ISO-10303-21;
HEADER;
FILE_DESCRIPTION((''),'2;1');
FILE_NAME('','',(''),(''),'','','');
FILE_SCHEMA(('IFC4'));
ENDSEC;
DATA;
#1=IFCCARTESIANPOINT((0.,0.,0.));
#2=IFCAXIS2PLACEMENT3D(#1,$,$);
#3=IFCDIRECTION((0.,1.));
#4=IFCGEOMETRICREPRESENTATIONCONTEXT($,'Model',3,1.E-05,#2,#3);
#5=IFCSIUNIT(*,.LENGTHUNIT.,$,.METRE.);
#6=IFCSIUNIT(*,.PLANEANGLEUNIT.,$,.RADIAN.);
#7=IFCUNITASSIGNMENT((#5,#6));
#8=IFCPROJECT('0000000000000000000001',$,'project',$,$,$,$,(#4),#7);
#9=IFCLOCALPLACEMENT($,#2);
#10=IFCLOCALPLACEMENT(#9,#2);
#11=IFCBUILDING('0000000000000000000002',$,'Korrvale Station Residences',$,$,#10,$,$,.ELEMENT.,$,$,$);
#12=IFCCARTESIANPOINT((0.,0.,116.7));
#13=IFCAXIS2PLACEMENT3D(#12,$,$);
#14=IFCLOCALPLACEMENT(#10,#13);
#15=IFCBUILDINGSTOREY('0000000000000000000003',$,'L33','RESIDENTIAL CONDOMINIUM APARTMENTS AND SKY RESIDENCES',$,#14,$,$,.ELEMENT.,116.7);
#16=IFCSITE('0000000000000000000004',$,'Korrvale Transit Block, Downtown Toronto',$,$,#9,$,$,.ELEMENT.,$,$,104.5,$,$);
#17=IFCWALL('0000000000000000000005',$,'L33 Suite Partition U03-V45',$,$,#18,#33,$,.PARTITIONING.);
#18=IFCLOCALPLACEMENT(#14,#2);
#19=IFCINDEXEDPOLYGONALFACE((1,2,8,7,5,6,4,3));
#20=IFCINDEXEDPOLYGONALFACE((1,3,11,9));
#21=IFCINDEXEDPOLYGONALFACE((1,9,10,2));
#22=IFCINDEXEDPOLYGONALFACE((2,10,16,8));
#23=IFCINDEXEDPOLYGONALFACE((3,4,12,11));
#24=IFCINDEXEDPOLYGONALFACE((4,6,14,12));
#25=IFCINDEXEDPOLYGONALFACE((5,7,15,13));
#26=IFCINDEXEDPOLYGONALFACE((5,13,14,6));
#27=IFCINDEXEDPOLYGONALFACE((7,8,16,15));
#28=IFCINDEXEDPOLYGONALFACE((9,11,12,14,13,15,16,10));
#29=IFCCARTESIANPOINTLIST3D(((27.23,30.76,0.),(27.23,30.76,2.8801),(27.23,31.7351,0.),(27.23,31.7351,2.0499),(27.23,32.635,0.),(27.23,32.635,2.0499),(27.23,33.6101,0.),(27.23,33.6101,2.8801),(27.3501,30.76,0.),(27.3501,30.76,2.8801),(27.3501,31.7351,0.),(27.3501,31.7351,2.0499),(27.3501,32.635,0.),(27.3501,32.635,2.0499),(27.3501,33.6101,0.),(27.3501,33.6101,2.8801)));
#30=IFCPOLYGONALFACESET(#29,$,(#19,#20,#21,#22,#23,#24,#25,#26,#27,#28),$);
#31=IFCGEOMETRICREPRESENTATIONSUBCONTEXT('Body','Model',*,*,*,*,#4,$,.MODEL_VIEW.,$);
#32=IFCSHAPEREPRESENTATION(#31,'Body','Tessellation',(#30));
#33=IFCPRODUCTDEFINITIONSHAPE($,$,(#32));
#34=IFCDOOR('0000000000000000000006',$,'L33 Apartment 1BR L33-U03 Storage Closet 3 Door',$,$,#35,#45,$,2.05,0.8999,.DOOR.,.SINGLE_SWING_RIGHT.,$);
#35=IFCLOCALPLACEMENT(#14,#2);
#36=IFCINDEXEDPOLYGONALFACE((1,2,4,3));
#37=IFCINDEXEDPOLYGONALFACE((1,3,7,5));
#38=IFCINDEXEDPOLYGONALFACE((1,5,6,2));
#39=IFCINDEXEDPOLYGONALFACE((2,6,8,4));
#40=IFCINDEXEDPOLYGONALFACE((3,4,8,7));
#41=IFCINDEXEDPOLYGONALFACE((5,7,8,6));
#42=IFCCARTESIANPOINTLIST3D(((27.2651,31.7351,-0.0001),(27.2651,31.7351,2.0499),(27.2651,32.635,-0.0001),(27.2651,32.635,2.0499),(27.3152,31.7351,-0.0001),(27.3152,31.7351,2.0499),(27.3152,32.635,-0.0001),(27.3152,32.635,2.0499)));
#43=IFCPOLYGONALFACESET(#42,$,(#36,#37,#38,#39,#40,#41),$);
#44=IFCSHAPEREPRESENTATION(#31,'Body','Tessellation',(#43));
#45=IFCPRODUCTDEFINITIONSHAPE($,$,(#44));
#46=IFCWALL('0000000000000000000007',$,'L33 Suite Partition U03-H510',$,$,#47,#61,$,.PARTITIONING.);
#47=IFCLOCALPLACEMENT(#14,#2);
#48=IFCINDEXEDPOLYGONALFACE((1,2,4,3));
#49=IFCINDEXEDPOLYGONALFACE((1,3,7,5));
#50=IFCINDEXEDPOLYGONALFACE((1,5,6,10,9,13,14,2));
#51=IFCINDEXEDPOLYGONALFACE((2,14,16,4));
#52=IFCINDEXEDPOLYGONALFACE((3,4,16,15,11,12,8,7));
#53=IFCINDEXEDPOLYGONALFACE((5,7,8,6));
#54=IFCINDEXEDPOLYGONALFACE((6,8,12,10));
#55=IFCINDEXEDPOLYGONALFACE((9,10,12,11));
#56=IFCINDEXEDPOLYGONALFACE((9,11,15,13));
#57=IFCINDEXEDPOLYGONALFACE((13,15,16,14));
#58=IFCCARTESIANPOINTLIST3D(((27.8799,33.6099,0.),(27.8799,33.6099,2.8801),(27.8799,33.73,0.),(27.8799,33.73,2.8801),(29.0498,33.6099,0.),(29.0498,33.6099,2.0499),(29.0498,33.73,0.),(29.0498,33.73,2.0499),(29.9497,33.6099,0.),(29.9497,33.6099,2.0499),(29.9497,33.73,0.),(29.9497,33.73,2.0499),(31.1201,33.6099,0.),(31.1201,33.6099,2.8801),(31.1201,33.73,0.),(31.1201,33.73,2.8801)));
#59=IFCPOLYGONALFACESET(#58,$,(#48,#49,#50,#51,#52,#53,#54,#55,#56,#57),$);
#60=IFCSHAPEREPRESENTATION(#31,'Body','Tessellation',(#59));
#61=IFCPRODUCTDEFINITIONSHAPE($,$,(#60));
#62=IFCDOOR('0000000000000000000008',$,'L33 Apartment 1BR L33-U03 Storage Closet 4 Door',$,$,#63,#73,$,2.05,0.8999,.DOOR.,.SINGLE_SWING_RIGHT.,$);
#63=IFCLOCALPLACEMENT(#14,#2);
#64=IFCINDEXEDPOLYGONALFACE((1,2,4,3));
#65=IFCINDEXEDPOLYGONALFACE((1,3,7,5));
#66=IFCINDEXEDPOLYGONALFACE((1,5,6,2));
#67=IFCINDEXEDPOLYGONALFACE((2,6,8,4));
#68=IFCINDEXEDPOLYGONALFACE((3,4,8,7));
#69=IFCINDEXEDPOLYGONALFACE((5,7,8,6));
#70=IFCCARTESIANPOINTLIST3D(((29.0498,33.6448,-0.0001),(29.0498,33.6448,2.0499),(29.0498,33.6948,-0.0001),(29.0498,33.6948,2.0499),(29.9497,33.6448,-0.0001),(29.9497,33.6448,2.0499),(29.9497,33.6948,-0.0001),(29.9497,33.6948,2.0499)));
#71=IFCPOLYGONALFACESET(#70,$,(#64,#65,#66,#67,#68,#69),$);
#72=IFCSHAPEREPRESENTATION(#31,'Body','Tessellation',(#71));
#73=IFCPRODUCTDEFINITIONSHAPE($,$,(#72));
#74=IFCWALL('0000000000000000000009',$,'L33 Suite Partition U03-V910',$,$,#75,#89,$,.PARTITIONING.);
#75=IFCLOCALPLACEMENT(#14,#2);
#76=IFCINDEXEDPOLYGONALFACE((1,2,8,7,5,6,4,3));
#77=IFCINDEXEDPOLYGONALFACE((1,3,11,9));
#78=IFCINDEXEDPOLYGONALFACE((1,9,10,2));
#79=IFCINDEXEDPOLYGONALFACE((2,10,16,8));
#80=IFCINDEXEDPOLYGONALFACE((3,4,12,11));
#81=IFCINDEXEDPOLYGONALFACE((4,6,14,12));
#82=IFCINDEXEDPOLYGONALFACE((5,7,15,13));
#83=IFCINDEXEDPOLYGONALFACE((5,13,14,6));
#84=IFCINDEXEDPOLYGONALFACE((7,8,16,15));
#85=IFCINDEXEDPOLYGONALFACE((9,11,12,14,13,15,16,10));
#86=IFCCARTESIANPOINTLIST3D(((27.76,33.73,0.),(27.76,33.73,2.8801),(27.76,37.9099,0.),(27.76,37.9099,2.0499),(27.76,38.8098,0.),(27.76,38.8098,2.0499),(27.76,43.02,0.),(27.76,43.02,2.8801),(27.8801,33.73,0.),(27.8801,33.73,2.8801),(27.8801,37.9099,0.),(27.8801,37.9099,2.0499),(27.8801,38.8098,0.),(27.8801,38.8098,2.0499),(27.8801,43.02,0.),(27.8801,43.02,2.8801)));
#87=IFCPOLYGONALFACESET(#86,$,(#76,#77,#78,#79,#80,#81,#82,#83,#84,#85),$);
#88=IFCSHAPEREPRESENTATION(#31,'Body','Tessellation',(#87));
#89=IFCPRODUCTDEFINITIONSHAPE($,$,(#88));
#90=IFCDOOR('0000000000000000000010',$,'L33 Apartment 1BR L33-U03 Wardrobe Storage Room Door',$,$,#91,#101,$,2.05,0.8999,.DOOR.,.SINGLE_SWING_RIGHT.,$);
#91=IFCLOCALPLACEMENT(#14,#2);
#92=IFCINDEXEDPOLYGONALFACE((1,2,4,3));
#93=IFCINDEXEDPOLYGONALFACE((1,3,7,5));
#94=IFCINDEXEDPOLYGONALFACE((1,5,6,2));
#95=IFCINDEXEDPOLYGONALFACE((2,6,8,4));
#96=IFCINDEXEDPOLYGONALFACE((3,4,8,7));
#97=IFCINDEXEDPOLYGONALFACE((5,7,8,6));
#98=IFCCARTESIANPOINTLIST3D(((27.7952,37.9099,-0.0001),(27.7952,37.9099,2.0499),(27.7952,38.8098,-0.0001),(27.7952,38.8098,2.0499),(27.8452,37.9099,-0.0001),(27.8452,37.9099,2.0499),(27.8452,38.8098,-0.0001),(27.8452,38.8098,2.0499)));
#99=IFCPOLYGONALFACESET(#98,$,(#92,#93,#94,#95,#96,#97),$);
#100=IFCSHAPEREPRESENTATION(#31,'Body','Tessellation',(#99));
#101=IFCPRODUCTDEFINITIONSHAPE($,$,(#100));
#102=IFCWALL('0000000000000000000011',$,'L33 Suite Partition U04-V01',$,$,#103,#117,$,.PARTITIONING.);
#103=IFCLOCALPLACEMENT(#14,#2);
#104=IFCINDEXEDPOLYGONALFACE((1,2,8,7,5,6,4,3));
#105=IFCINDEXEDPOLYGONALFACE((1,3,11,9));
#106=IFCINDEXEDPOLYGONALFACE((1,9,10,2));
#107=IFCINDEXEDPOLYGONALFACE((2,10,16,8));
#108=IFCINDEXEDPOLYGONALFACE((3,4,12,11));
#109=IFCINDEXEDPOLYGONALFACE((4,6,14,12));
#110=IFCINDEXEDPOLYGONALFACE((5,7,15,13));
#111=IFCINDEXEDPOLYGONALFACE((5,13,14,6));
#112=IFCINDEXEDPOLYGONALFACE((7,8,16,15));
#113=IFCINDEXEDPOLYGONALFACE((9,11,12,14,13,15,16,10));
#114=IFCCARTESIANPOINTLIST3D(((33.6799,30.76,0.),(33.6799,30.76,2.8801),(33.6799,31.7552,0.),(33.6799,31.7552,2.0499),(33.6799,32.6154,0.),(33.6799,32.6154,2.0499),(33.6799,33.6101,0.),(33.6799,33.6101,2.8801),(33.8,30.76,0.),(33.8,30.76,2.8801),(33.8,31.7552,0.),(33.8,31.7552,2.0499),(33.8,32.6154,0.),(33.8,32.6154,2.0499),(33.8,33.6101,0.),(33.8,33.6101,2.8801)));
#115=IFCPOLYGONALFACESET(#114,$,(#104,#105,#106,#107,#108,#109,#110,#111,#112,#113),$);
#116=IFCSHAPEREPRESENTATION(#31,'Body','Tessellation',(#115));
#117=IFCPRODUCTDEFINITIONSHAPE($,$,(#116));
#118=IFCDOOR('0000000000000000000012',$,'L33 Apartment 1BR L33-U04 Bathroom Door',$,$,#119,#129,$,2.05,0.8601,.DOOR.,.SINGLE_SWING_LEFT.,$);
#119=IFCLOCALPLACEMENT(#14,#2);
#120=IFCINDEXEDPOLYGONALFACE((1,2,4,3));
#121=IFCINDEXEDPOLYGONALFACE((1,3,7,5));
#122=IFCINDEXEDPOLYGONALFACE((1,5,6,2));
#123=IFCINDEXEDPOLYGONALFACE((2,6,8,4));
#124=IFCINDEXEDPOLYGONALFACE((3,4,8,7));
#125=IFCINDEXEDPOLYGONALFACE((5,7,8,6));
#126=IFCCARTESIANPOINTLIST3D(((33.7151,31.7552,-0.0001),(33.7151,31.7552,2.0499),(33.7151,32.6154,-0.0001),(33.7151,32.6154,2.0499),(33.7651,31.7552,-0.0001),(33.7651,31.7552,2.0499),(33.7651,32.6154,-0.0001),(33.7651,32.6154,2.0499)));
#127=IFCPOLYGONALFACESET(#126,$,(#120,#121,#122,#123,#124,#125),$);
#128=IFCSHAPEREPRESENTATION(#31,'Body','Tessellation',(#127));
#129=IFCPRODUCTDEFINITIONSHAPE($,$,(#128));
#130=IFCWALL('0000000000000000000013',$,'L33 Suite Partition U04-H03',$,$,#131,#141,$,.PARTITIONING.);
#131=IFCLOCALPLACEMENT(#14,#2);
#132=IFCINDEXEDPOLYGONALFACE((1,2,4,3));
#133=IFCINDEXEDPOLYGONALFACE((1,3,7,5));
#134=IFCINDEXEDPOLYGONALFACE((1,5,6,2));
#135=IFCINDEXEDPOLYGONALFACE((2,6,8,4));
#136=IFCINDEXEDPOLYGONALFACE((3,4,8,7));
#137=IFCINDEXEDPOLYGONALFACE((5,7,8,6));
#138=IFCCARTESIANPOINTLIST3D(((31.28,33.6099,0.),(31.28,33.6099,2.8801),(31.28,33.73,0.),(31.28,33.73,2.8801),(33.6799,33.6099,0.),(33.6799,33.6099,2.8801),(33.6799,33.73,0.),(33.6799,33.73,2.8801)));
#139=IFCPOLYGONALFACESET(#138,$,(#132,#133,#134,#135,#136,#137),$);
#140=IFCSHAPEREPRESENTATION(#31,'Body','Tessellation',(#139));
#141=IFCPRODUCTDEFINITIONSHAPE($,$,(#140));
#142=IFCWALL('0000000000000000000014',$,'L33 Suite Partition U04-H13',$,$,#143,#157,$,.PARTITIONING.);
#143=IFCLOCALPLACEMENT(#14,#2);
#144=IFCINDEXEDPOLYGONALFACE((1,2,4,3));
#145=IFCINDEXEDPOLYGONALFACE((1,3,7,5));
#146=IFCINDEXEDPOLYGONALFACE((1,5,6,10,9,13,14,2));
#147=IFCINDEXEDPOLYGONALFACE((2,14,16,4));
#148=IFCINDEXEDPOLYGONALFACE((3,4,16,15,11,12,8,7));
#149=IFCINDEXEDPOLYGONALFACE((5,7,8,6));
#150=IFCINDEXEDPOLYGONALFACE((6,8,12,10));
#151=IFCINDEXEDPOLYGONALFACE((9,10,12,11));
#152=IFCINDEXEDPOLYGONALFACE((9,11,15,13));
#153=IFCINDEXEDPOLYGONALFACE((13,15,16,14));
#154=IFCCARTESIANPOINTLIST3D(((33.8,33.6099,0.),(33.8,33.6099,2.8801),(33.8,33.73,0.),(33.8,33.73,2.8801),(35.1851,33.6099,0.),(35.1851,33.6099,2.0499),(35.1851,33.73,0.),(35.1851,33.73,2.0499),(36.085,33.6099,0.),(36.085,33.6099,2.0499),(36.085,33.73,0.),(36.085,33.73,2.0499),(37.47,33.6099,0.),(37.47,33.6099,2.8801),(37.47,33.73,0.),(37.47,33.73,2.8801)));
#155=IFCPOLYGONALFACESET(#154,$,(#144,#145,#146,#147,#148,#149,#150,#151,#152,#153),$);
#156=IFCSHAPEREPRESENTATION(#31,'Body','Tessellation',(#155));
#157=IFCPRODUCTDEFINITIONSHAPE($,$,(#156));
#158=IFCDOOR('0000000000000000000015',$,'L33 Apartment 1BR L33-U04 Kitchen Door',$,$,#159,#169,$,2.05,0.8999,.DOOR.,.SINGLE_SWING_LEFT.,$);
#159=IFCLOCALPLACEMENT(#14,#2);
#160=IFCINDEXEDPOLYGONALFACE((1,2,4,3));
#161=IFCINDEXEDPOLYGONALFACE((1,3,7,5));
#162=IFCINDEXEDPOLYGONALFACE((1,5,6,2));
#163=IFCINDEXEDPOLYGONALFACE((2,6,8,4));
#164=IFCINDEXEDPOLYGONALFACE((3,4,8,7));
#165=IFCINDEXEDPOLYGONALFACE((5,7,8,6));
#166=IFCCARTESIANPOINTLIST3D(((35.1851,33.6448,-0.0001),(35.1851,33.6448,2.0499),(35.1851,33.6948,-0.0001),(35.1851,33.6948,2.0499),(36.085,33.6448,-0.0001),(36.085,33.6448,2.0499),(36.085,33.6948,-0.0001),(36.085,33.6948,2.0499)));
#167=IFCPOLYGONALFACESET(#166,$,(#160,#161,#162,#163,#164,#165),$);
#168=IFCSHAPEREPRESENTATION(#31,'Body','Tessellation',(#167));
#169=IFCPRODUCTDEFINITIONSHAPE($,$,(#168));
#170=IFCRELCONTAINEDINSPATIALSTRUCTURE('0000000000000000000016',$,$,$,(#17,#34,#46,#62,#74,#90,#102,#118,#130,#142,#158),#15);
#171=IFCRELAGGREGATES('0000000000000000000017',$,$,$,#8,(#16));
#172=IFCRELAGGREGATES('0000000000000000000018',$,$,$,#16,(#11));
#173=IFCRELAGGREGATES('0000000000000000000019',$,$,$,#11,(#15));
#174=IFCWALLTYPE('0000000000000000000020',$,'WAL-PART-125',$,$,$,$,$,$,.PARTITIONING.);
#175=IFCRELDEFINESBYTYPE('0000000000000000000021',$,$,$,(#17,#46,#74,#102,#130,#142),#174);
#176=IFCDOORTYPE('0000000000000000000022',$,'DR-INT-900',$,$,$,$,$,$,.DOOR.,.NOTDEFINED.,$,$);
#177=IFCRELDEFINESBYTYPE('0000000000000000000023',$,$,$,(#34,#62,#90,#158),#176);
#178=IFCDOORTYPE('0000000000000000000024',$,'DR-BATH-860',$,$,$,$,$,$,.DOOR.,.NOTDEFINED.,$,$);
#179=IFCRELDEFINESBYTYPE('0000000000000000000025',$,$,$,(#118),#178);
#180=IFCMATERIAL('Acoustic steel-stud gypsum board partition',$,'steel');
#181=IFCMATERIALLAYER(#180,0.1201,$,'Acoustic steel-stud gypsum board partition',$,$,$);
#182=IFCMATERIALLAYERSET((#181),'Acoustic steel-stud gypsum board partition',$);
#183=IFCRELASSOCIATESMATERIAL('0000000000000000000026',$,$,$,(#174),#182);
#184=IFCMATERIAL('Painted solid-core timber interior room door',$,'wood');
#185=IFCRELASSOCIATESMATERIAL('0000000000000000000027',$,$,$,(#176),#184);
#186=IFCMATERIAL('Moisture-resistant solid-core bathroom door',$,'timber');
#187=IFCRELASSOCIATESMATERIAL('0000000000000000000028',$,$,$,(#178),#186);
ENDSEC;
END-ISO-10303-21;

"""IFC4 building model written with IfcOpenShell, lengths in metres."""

from ifc_helpers import new_model, si_unit, direction, frame, frame_2d, origin, place, context, subcontext, project, spatial, rectangle, extrude, material, layer, layer_set, type_object, element, fill, save


model = new_model("IFC4")

# Units and contexts
model_context = context("Model", 3, precision=1e-05, world=origin(), true_north=direction((0.0, 1.0)))
body_context = subcontext(model_context, "Body", "Model", "MODEL_VIEW")
ifc_project = project(units=[si_unit("LENGTHUNIT", "METRE"), si_unit("PLANEANGLEUNIT", "RADIAN")], contexts=[model_context])

# Site, building, storey
site_placement = place(None, origin())
site = spatial("IfcSite", under=ifc_project, at=site_placement, Name="Korrvale Transit Block, Downtown Toronto", CompositionType="ELEMENT", RefElevation=104.5)
building_placement = place(site_placement, origin())
building = spatial("IfcBuilding", under=site, at=building_placement, Name="Korrvale Station Residences", CompositionType="ELEMENT")
storey_placement = place(building_placement, frame((0.0, 0.0, 116.7)))
storey = spatial("IfcBuildingStorey", under=building, at=storey_placement, Name="L33", Description="RESIDENTIAL CONDOMINIUM APARTMENTS AND SKY RESIDENCES", CompositionType="ELEMENT", Elevation=116.7)

# Walls, openings, doors
ifc_material_1 = material(Name="Acoustic steel-stud gypsum board partition", Category="steel")
ifc_layer_1 = layer(ifc_material_1, 0.1201, Name="Acoustic steel-stud gypsum board partition")
ifc_layer_set_1 = layer_set([ifc_layer_1], Name="Acoustic steel-stud gypsum board partition")
wall_type_1 = type_object("IfcWallType", Name="WAL-PART-125", PredefinedType="PARTITIONING", material=ifc_layer_set_1)
wall_1_placement = place(storey_placement, frame((27.29, 30.76, 0.0), z_axis=(0.0, 0.0, 1.0), x_axis=(0.0, 1.0, 0.0)))
wall_1 = element("IfcWall", 1, at=wall_1_placement, inside=storey, type_object=wall_type_1, Name="L33 Suite Partition U03-V45", PredefinedType="PARTITIONING", context=body_context, shape_type="SweptSolid", body=[
    extrude(rectangle(XDim=2.8501, YDim=0.1201, at=frame_2d((1.425, 0.0))), origin(), (0.0, 0.0, 1.0), 2.8801),
])
opening_1_placement = place(wall_1_placement, frame((0.9751, 0.0, 0.0)))
opening_1 = element("IfcOpeningElement", 2, at=opening_1_placement, cuts=wall_1, PredefinedType="OPENING", context=body_context, shape_type="SweptSolid", body=[
    extrude(rectangle(XDim=0.8999, YDim=2.05, at=frame_2d((0.45, 1.0249))), frame((0.0, 0.0701, 0.0), z_axis=(0.0, -1.0, 0.0), x_axis=(1.0, 0.0, 0.0)), (0.0, 0.0, 1.0), 0.1401),
])
ifc_material_2 = material(Name="Painted solid-core timber interior room door", Category="wood")
door_type_1 = type_object("IfcDoorType", Name="DR-INT-900", OperationType="NOTDEFINED", PredefinedType="DOOR", material=ifc_material_2)
door_1_placement = place(opening_1_placement, origin())
door_1 = element("IfcDoor", 3, at=door_1_placement, inside=storey, type_object=door_type_1, Name="L33 Apartment 1BR L33-U03 Storage Closet 3 Door", OperationType="SINGLE_SWING_RIGHT", OverallHeight=2.05, OverallWidth=0.8999, PredefinedType="DOOR", context=body_context, shape_type="SweptSolid", body=[
    extrude(rectangle(XDim=0.8999, YDim=2.05, at=frame_2d((0.45, 1.0249))), frame((0.0, 0.0249, 0.0), z_axis=(0.0, -1.0, 0.0), x_axis=(1.0, 0.0, 0.0)), (0.0, 0.0, 1.0), 0.05),
])
fill(opening_1, door_1)
wall_2_placement = place(storey_placement, frame((27.8799, 33.6699, 0.0), z_axis=(0.0, 0.0, 1.0), x_axis=(1.0, 0.0, 0.0)))
wall_2 = element("IfcWall", 4, at=wall_2_placement, inside=storey, type_object=wall_type_1, Name="L33 Suite Partition U03-H510", PredefinedType="PARTITIONING", context=body_context, shape_type="SweptSolid", body=[
    extrude(rectangle(XDim=3.2402, YDim=0.1201, at=frame_2d((1.6201, 0.0))), origin(), (0.0, 0.0, 1.0), 2.8801),
])
opening_2_placement = place(wall_2_placement, frame((1.1699, 0.0, 0.0)))
opening_2 = element("IfcOpeningElement", 5, at=opening_2_placement, cuts=wall_2, PredefinedType="OPENING", context=body_context, shape_type="SweptSolid", body=[
    extrude(rectangle(XDim=0.8999, YDim=2.05, at=frame_2d((0.45, 1.0249))), frame((0.0, 0.0701, 0.0), z_axis=(0.0, -1.0, 0.0), x_axis=(1.0, 0.0, 0.0)), (0.0, 0.0, 1.0), 0.1401),
])
door_2_placement = place(opening_2_placement, origin())
door_2 = element("IfcDoor", 6, at=door_2_placement, inside=storey, type_object=door_type_1, Name="L33 Apartment 1BR L33-U03 Storage Closet 4 Door", OperationType="SINGLE_SWING_RIGHT", OverallHeight=2.05, OverallWidth=0.8999, PredefinedType="DOOR", context=body_context, shape_type="SweptSolid", body=[
    extrude(rectangle(XDim=0.8999, YDim=2.05, at=frame_2d((0.45, 1.0249))), frame((0.0, 0.0249, 0.0), z_axis=(0.0, -1.0, 0.0), x_axis=(1.0, 0.0, 0.0)), (0.0, 0.0, 1.0), 0.05),
])
fill(opening_2, door_2)
wall_3_placement = place(storey_placement, frame((27.8201, 33.73, 0.0), z_axis=(0.0, 0.0, 1.0), x_axis=(0.0, 1.0, 0.0)))
wall_3 = element("IfcWall", 7, at=wall_3_placement, inside=storey, type_object=wall_type_1, Name="L33 Suite Partition U03-V910", PredefinedType="PARTITIONING", context=body_context, shape_type="SweptSolid", body=[
    extrude(rectangle(XDim=9.29, YDim=0.1201, at=frame_2d((4.645, 0.0))), origin(), (0.0, 0.0, 1.0), 2.8801),
])
opening_3_placement = place(wall_3_placement, frame((4.1799, 0.0, 0.0)))
opening_3 = element("IfcOpeningElement", 8, at=opening_3_placement, cuts=wall_3, PredefinedType="OPENING", context=body_context, shape_type="SweptSolid", body=[
    extrude(rectangle(XDim=0.8999, YDim=2.05, at=frame_2d((0.45, 1.0249))), frame((0.0, 0.0701, 0.0), z_axis=(0.0, -1.0, 0.0), x_axis=(1.0, 0.0, 0.0)), (0.0, 0.0, 1.0), 0.1401),
])
door_3_placement = place(opening_3_placement, origin())
door_3 = element("IfcDoor", 9, at=door_3_placement, inside=storey, type_object=door_type_1, Name="L33 Apartment 1BR L33-U03 Wardrobe Storage Room Door", OperationType="SINGLE_SWING_RIGHT", OverallHeight=2.05, OverallWidth=0.8999, PredefinedType="DOOR", context=body_context, shape_type="SweptSolid", body=[
    extrude(rectangle(XDim=0.8999, YDim=2.05, at=frame_2d((0.45, 1.0249))), frame((0.0, 0.0249, 0.0), z_axis=(0.0, -1.0, 0.0), x_axis=(1.0, 0.0, 0.0)), (0.0, 0.0, 1.0), 0.05),
])
fill(opening_3, door_3)
wall_4_placement = place(storey_placement, frame((33.74, 30.76, 0.0), z_axis=(0.0, 0.0, 1.0), x_axis=(0.0, 1.0, 0.0)))
wall_4 = element("IfcWall", 10, at=wall_4_placement, inside=storey, type_object=wall_type_1, Name="L33 Suite Partition U04-V01", PredefinedType="PARTITIONING", context=body_context, shape_type="SweptSolid", body=[
    extrude(rectangle(XDim=2.8501, YDim=0.1201, at=frame_2d((1.425, 0.0))), origin(), (0.0, 0.0, 1.0), 2.8801),
])
opening_4_placement = place(wall_4_placement, frame((0.9951, 0.0, 0.0)))
opening_4 = element("IfcOpeningElement", 11, at=opening_4_placement, cuts=wall_4, PredefinedType="OPENING", context=body_context, shape_type="SweptSolid", body=[
    extrude(rectangle(XDim=0.8601, YDim=2.05, at=frame_2d((0.4302, 1.0249))), frame((0.0, 0.0701, 0.0), z_axis=(0.0, -1.0, 0.0), x_axis=(1.0, 0.0, 0.0)), (0.0, 0.0, 1.0), 0.1401),
])
ifc_material_3 = material(Name="Moisture-resistant solid-core bathroom door", Category="timber")
door_type_2 = type_object("IfcDoorType", Name="DR-BATH-860", OperationType="NOTDEFINED", PredefinedType="DOOR", material=ifc_material_3)
door_4_placement = place(opening_4_placement, origin())
door_4 = element("IfcDoor", 12, at=door_4_placement, inside=storey, type_object=door_type_2, Name="L33 Apartment 1BR L33-U04 Bathroom Door", OperationType="SINGLE_SWING_LEFT", OverallHeight=2.05, OverallWidth=0.8601, PredefinedType="DOOR", context=body_context, shape_type="SweptSolid", body=[
    extrude(rectangle(XDim=0.8601, YDim=2.05, at=frame_2d((0.4302, 1.0249))), frame((0.0, 0.0249, 0.0), z_axis=(0.0, -1.0, 0.0), x_axis=(1.0, 0.0, 0.0)), (0.0, 0.0, 1.0), 0.05),
])
fill(opening_4, door_4)

# Wall
wall_5_placement = place(storey_placement, frame((31.28, 33.6699, 0.0), z_axis=(0.0, 0.0, 1.0), x_axis=(1.0, 0.0, 0.0)))
element("IfcWall", 13, at=wall_5_placement, inside=storey, type_object=wall_type_1, Name="L33 Suite Partition U04-H03", PredefinedType="PARTITIONING", context=body_context, shape_type="SweptSolid", body=[
    extrude(rectangle(XDim=2.3999, YDim=0.1201, at=frame_2d((1.2, 0.0))), origin(), (0.0, 0.0, 1.0), 2.8801),
])

# Wall, opening, door
wall_6_placement = place(storey_placement, frame((33.8, 33.6699, 0.0), z_axis=(0.0, 0.0, 1.0), x_axis=(1.0, 0.0, 0.0)))
wall_6 = element("IfcWall", 14, at=wall_6_placement, inside=storey, type_object=wall_type_1, Name="L33 Suite Partition U04-H13", PredefinedType="PARTITIONING", context=body_context, shape_type="SweptSolid", body=[
    extrude(rectangle(XDim=3.6699, YDim=0.1201, at=frame_2d((1.835, 0.0))), origin(), (0.0, 0.0, 1.0), 2.8801),
])
opening_5_placement = place(wall_6_placement, frame((1.385, 0.0, 0.0)))
opening_5 = element("IfcOpeningElement", 15, at=opening_5_placement, cuts=wall_6, PredefinedType="OPENING", context=body_context, shape_type="SweptSolid", body=[
    extrude(rectangle(XDim=0.8999, YDim=2.05, at=frame_2d((0.45, 1.0249))), frame((0.0, 0.0701, 0.0), z_axis=(0.0, -1.0, 0.0), x_axis=(1.0, 0.0, 0.0)), (0.0, 0.0, 1.0), 0.1401),
])
door_5_placement = place(opening_5_placement, origin())
door_5 = element("IfcDoor", 16, at=door_5_placement, inside=storey, type_object=door_type_1, Name="L33 Apartment 1BR L33-U04 Kitchen Door", OperationType="SINGLE_SWING_LEFT", OverallHeight=2.05, OverallWidth=0.8999, PredefinedType="DOOR", context=body_context, shape_type="SweptSolid", body=[
    extrude(rectangle(XDim=0.8999, YDim=2.05, at=frame_2d((0.45, 1.0249))), frame((0.0, 0.0249, 0.0), z_axis=(0.0, -1.0, 0.0), x_axis=(1.0, 0.0, 0.0)), (0.0, 0.0, 1.0), 0.05),
])
fill(opening_5, door_5)

save(model, "model.ifc")
